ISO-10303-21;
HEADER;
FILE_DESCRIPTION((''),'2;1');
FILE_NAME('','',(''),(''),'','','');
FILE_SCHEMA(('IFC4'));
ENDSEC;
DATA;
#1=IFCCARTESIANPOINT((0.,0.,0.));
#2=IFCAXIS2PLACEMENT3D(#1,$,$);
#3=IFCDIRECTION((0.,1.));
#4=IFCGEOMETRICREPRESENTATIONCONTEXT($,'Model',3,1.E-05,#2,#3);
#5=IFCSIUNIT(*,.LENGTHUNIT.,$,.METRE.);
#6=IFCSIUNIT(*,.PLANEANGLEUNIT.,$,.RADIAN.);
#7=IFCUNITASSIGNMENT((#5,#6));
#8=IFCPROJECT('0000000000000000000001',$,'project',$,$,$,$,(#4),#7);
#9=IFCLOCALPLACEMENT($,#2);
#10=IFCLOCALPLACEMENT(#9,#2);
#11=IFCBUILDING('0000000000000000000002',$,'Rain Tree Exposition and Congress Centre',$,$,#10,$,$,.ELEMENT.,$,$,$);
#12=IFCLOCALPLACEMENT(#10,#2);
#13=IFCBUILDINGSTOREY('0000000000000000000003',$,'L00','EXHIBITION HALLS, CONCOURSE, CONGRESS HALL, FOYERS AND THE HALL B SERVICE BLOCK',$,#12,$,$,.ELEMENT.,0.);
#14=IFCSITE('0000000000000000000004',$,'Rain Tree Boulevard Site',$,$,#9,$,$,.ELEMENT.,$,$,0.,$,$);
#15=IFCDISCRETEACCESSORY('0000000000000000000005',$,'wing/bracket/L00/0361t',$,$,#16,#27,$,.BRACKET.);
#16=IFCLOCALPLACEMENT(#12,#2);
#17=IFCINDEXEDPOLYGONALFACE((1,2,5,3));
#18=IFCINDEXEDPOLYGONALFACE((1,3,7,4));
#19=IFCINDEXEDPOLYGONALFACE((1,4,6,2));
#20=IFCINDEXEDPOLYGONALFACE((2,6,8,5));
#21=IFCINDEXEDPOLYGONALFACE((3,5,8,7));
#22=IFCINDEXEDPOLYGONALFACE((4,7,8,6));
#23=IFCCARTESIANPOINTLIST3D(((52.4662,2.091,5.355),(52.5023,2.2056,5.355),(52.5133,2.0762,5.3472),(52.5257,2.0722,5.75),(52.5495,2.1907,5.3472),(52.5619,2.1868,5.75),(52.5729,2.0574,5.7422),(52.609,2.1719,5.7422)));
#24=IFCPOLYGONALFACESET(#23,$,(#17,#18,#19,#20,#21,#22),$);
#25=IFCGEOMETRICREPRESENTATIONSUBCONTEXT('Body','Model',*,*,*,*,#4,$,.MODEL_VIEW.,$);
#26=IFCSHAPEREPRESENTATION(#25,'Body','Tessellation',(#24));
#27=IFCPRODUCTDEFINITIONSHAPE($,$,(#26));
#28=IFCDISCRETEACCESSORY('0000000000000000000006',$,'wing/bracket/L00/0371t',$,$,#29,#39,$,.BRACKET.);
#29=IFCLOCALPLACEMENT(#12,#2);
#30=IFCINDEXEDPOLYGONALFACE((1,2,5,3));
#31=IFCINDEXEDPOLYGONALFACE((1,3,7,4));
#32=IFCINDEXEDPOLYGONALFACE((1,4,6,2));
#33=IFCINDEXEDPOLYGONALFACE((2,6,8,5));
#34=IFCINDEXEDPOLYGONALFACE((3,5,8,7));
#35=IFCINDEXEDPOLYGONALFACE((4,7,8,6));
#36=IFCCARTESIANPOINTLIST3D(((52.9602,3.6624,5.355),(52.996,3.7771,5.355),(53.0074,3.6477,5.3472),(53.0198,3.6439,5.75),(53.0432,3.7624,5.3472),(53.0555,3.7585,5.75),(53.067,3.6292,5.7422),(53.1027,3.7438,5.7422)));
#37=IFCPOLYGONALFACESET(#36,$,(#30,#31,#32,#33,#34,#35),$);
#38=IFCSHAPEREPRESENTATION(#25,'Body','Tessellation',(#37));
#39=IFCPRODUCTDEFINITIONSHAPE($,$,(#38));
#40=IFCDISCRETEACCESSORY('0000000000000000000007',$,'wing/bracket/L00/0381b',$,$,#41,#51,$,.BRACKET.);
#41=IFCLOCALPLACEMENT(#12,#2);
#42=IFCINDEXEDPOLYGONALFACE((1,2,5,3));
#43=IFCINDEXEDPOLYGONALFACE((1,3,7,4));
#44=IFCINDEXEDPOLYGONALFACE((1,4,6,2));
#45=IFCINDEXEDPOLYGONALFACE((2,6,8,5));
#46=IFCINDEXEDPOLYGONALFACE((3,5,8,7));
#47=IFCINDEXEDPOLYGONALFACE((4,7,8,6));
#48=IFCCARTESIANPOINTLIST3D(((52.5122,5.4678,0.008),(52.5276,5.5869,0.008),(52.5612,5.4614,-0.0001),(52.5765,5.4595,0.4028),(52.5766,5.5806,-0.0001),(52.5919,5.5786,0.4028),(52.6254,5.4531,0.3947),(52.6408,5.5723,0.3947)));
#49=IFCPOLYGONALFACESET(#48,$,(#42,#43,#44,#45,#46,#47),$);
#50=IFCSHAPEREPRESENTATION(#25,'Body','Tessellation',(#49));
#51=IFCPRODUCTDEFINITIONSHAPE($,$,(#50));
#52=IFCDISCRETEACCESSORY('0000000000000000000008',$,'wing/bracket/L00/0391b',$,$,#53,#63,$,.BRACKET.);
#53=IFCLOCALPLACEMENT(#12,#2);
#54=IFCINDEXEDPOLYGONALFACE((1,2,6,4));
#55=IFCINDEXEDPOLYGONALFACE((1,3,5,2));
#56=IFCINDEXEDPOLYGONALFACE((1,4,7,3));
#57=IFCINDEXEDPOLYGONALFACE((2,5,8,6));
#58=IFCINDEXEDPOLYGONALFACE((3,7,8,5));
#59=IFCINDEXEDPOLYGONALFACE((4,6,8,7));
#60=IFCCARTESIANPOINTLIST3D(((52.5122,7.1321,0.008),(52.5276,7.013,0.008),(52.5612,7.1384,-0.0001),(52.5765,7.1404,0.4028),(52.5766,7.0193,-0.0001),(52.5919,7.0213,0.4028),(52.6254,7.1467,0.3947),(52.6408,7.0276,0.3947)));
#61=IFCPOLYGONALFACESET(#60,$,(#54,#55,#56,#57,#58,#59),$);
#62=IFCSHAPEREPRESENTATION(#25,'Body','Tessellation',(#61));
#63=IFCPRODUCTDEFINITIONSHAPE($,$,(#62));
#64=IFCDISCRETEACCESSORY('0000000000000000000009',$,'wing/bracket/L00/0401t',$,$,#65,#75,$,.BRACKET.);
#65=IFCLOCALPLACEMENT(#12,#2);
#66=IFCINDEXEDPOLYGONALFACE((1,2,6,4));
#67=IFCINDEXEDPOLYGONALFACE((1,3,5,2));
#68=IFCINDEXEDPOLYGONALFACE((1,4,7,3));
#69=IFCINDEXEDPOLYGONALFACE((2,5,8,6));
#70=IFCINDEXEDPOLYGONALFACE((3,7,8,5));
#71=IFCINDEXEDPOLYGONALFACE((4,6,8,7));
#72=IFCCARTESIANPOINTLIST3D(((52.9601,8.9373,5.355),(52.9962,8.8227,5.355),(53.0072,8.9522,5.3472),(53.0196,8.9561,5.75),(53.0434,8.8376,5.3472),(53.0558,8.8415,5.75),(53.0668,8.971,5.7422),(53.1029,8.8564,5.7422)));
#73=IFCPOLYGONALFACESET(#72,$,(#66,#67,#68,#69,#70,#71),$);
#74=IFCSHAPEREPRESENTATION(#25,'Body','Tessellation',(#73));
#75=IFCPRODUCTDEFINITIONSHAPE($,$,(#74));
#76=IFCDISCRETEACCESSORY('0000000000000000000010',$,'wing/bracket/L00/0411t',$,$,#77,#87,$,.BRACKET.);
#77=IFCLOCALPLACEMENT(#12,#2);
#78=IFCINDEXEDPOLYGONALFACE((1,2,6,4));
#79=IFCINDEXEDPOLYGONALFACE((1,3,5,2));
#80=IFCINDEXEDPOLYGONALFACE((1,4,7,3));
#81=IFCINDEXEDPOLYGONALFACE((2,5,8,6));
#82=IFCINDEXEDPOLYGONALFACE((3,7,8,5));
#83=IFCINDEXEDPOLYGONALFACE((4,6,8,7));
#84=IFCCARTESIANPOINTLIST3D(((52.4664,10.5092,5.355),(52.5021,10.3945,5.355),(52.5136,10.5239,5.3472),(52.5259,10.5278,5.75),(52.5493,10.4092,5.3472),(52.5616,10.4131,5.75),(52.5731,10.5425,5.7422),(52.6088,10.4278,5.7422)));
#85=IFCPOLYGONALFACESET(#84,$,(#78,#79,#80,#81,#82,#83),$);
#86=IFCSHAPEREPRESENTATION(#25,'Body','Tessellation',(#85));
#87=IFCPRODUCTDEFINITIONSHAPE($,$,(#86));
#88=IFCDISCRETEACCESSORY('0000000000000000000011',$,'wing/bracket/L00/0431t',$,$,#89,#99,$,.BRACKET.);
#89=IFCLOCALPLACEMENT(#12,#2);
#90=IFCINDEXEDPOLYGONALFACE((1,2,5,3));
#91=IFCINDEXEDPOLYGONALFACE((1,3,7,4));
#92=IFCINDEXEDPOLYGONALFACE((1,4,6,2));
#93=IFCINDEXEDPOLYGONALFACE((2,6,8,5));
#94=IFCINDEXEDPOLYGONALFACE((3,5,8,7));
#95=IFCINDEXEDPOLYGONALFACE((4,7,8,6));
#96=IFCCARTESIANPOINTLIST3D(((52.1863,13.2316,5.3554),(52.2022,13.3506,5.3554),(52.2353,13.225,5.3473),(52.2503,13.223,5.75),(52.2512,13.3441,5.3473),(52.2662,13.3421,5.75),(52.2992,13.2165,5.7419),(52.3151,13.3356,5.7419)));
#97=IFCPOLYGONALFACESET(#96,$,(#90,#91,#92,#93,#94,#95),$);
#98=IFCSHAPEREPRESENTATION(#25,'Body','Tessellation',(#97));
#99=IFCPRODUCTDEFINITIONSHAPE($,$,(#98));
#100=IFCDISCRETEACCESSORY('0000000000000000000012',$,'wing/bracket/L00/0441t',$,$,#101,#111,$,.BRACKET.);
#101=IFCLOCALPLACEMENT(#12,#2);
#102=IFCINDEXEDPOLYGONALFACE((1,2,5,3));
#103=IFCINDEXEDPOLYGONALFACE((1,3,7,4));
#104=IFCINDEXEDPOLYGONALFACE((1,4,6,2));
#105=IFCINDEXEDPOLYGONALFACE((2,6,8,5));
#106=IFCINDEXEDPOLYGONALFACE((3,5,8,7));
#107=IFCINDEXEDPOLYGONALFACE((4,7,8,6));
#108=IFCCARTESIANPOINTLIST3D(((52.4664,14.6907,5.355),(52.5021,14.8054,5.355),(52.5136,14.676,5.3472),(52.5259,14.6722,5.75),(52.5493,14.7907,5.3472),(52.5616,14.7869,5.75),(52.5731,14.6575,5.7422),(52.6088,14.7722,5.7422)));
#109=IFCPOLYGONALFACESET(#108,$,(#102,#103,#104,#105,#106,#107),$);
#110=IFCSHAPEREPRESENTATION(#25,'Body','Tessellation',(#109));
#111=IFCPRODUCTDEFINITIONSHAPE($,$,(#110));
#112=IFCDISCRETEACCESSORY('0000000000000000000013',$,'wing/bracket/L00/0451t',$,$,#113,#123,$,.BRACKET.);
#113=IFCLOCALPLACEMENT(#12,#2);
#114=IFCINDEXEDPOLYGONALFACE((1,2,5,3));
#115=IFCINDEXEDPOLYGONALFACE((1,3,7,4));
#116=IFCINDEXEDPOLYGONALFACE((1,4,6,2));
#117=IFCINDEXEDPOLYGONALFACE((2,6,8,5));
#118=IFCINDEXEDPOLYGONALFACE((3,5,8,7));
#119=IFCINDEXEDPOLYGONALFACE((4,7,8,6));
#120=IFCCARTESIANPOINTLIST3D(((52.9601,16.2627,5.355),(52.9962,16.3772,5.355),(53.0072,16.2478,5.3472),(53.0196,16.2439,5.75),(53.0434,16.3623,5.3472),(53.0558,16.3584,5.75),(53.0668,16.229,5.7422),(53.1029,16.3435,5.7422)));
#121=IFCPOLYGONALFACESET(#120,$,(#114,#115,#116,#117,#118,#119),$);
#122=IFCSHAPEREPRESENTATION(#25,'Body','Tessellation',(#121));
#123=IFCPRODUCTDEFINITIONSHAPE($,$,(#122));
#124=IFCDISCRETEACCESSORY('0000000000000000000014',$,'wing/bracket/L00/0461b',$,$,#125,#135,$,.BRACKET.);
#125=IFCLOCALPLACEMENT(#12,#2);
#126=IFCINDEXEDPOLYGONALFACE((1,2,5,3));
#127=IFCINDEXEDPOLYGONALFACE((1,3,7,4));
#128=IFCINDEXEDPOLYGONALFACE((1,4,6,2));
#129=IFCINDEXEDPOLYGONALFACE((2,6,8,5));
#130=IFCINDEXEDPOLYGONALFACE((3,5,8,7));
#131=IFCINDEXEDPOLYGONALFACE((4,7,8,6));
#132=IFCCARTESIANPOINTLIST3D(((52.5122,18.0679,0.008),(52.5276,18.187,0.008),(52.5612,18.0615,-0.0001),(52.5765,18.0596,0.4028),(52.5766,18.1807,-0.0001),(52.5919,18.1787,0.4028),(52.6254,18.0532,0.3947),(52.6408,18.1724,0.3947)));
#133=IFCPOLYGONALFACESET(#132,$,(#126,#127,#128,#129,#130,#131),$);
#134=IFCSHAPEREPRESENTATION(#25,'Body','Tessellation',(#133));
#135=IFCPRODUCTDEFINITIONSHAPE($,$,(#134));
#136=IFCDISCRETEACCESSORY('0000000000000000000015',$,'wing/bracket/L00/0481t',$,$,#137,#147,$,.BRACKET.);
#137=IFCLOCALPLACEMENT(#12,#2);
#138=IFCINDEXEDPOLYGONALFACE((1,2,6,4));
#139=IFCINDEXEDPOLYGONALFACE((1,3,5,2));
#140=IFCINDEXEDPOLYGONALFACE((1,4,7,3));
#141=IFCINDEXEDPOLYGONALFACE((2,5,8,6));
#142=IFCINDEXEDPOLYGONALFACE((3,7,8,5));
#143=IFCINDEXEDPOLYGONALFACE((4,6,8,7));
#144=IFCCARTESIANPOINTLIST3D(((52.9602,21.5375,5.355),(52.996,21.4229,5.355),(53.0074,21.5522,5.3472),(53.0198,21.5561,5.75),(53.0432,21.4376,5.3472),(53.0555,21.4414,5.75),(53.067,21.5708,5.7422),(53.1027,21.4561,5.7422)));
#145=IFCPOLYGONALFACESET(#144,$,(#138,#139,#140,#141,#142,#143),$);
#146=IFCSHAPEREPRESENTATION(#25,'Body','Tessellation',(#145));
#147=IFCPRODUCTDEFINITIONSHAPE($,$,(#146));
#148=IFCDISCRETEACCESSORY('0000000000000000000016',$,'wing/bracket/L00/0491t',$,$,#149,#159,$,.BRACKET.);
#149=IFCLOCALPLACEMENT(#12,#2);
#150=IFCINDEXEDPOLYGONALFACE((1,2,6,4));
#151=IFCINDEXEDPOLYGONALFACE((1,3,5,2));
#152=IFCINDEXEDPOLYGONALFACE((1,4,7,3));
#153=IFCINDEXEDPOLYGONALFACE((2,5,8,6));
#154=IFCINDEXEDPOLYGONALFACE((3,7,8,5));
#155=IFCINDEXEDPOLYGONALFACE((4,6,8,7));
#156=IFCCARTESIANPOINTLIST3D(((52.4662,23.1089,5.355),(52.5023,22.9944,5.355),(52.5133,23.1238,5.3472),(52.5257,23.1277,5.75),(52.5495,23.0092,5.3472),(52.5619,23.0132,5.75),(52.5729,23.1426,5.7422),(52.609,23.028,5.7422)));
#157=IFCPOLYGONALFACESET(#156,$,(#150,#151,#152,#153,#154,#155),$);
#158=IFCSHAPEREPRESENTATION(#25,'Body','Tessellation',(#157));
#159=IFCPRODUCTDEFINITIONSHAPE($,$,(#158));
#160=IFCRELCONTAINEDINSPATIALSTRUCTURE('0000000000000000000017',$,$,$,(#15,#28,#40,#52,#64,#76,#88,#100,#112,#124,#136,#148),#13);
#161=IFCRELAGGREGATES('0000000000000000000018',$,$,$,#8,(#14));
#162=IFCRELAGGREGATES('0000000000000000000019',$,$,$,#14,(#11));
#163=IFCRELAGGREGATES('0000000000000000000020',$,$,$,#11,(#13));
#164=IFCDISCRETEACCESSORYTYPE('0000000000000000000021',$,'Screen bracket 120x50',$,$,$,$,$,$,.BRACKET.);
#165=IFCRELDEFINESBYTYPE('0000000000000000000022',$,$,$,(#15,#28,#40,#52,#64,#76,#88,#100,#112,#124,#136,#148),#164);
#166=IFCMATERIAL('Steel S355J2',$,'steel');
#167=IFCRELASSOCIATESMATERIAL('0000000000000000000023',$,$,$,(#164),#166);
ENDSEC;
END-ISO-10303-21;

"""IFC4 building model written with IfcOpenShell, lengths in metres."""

from ifc_helpers import new_model, si_unit, direction, frame, origin, origin_2d, place, context, subcontext, project, spatial, rectangle, extrude, material, material_profile, profile_set, type_object, element, save


model = new_model("IFC4")

# Units and contexts
model_context = context("Model", 3, precision=1e-05, world=origin(), true_north=direction((0.0, 1.0)))
body_context = subcontext(model_context, "Body", "Model", "MODEL_VIEW")
ifc_project = project(units=[si_unit("LENGTHUNIT", "METRE"), si_unit("PLANEANGLEUNIT", "RADIAN")], contexts=[model_context])

# Site, building, storey
site_placement = place(None, origin())
site = spatial("IfcSite", under=ifc_project, at=site_placement, Name="Rain Tree Boulevard Site", CompositionType="ELEMENT", RefElevation=0.0)
building_placement = place(site_placement, origin())
building = spatial("IfcBuilding", under=site, at=building_placement, Name="Rain Tree Exposition and Congress Centre", CompositionType="ELEMENT")
storey_placement = place(building_placement, origin())
storey = spatial("IfcBuildingStorey", under=building, at=storey_placement, Name="L00", Description="EXHIBITION HALLS, CONCOURSE, CONGRESS HALL, FOYERS AND THE HALL B SERVICE BLOCK", CompositionType="ELEMENT", Elevation=0.0)

# Discrete accessories
ifc_material_1 = material(Name="Steel S355J2", Category="steel")
ifc_material_profile = material_profile(ifc_material_1, rectangle(XDim=0.1201, YDim=0.05, at=origin_2d()), Name="Flat bar 120x50")
ifc_profile_set = profile_set([ifc_material_profile], Name="Steel S355J2")
discrete_accessory_type = type_object("IfcDiscreteAccessoryType", Name="Screen bracket 120x50", PredefinedType="BRACKET", material=ifc_profile_set)
for number, where, z_axis, x_axis, name in (
    (1, (52.5078, 2.1409, 5.3511), (0.148953, -0.047006, 0.987726), (0.300944, 0.953642, 0.0), "wing/bracket/L00/0361t"),
    (2, (53.0017, 3.7124, 5.3511), (0.148957, -0.046396, 0.987755), (0.297384, 0.954758, 0.0), "wing/bracket/L00/0371t"),
):
    element("IfcDiscreteAccessory", number, at=place(storey_placement, frame(where, z_axis=z_axis, x_axis=x_axis)), inside=storey, type_object=discrete_accessory_type, Name=name, PredefinedType="BRACKET", context=body_context, shape_type="SweptSolid", body=[
        extrude(rectangle(XDim=0.1201, YDim=0.05, at=origin_2d()), origin(), (0.0, 0.0, 1.0), 0.3999),
    ])
for number, where, z_axis, x_axis, name in (
    (3, (52.5444, 5.5242, 0.0039), (0.160503, -0.020749, 0.986817), (0.128211, 0.991747, 0.0), "wing/bracket/L00/0381b"),
    (4, (52.5444, 7.0757, 0.0039), (0.160503, 0.020749, 0.986817), (-0.128211, 0.991747, 0.0), "wing/bracket/L00/0391b"),
):
    element("IfcDiscreteAccessory", number, at=place(storey_placement, frame(where, z_axis=z_axis, x_axis=x_axis)), inside=storey, type_object=discrete_accessory_type, Name=name, PredefinedType="BRACKET", context=body_context, shape_type="SweptSolid", body=[
        extrude(rectangle(XDim=0.1201, YDim=0.05, at=origin_2d()), origin(), (0.0, 0.0, 1.0), 0.4001),
    ])
for number, where, z_axis, x_axis, name in (
    (5, (53.0017, 8.8875, 5.3511), (0.148953, 0.047006, 0.987726), (-0.300944, 0.953642, 0.0), "wing/bracket/L00/0401t"),
    (6, (52.5078, 10.4592, 5.3511), (0.148957, 0.046396, 0.987755), (-0.297384, 0.954758, 0.0), "wing/bracket/L00/0411t"),
    (7, (52.2188, 13.2878, 5.3513), (0.159906, -0.021361, 0.986901), (0.132412, 0.991195, 0.0), "wing/bracket/L00/0431t"),
    (8, (52.5078, 14.7407, 5.3511), (0.148957, -0.046396, 0.987755), (0.297384, 0.954758, 0.0), "wing/bracket/L00/0441t"),
    (9, (53.0017, 16.3125, 5.3511), (0.148953, -0.047006, 0.987726), (0.300944, 0.953642, 0.0), "wing/bracket/L00/0451t"),
):
    element("IfcDiscreteAccessory", number, at=place(storey_placement, frame(where, z_axis=z_axis, x_axis=x_axis)), inside=storey, type_object=discrete_accessory_type, Name=name, PredefinedType="BRACKET", context=body_context, shape_type="SweptSolid", body=[
        extrude(rectangle(XDim=0.1201, YDim=0.05, at=origin_2d()), origin(), (0.0, 0.0, 1.0), 0.3999),
    ])
discrete_accessory_placement = place(storey_placement, frame((52.5444, 18.1243, 0.0039), z_axis=(0.160503, -0.020749, 0.986817), x_axis=(0.128211, 0.991747, 0.0)))
element("IfcDiscreteAccessory", 10, at=discrete_accessory_placement, inside=storey, type_object=discrete_accessory_type, Name="wing/bracket/L00/0461b", PredefinedType="BRACKET", context=body_context, shape_type="SweptSolid", body=[
    extrude(rectangle(XDim=0.1201, YDim=0.05, at=origin_2d()), origin(), (0.0, 0.0, 1.0), 0.4001),
])
for number, where, z_axis, x_axis, name in (
    (11, (53.0017, 21.4875, 5.3511), (0.148957, 0.046396, 0.987755), (-0.297384, 0.954758, 0.0), "wing/bracket/L00/0481t"),
    (12, (52.5078, 23.0591, 5.3511), (0.148953, 0.047006, 0.987726), (-0.300944, 0.953642, 0.0), "wing/bracket/L00/0491t"),
):
    element("IfcDiscreteAccessory", number, at=place(storey_placement, frame(where, z_axis=z_axis, x_axis=x_axis)), inside=storey, type_object=discrete_accessory_type, Name=name, PredefinedType="BRACKET", context=body_context, shape_type="SweptSolid", body=[
        extrude(rectangle(XDim=0.1201, YDim=0.05, at=origin_2d()), origin(), (0.0, 0.0, 1.0), 0.3999),
    ])

save(model, "model.ifc")
